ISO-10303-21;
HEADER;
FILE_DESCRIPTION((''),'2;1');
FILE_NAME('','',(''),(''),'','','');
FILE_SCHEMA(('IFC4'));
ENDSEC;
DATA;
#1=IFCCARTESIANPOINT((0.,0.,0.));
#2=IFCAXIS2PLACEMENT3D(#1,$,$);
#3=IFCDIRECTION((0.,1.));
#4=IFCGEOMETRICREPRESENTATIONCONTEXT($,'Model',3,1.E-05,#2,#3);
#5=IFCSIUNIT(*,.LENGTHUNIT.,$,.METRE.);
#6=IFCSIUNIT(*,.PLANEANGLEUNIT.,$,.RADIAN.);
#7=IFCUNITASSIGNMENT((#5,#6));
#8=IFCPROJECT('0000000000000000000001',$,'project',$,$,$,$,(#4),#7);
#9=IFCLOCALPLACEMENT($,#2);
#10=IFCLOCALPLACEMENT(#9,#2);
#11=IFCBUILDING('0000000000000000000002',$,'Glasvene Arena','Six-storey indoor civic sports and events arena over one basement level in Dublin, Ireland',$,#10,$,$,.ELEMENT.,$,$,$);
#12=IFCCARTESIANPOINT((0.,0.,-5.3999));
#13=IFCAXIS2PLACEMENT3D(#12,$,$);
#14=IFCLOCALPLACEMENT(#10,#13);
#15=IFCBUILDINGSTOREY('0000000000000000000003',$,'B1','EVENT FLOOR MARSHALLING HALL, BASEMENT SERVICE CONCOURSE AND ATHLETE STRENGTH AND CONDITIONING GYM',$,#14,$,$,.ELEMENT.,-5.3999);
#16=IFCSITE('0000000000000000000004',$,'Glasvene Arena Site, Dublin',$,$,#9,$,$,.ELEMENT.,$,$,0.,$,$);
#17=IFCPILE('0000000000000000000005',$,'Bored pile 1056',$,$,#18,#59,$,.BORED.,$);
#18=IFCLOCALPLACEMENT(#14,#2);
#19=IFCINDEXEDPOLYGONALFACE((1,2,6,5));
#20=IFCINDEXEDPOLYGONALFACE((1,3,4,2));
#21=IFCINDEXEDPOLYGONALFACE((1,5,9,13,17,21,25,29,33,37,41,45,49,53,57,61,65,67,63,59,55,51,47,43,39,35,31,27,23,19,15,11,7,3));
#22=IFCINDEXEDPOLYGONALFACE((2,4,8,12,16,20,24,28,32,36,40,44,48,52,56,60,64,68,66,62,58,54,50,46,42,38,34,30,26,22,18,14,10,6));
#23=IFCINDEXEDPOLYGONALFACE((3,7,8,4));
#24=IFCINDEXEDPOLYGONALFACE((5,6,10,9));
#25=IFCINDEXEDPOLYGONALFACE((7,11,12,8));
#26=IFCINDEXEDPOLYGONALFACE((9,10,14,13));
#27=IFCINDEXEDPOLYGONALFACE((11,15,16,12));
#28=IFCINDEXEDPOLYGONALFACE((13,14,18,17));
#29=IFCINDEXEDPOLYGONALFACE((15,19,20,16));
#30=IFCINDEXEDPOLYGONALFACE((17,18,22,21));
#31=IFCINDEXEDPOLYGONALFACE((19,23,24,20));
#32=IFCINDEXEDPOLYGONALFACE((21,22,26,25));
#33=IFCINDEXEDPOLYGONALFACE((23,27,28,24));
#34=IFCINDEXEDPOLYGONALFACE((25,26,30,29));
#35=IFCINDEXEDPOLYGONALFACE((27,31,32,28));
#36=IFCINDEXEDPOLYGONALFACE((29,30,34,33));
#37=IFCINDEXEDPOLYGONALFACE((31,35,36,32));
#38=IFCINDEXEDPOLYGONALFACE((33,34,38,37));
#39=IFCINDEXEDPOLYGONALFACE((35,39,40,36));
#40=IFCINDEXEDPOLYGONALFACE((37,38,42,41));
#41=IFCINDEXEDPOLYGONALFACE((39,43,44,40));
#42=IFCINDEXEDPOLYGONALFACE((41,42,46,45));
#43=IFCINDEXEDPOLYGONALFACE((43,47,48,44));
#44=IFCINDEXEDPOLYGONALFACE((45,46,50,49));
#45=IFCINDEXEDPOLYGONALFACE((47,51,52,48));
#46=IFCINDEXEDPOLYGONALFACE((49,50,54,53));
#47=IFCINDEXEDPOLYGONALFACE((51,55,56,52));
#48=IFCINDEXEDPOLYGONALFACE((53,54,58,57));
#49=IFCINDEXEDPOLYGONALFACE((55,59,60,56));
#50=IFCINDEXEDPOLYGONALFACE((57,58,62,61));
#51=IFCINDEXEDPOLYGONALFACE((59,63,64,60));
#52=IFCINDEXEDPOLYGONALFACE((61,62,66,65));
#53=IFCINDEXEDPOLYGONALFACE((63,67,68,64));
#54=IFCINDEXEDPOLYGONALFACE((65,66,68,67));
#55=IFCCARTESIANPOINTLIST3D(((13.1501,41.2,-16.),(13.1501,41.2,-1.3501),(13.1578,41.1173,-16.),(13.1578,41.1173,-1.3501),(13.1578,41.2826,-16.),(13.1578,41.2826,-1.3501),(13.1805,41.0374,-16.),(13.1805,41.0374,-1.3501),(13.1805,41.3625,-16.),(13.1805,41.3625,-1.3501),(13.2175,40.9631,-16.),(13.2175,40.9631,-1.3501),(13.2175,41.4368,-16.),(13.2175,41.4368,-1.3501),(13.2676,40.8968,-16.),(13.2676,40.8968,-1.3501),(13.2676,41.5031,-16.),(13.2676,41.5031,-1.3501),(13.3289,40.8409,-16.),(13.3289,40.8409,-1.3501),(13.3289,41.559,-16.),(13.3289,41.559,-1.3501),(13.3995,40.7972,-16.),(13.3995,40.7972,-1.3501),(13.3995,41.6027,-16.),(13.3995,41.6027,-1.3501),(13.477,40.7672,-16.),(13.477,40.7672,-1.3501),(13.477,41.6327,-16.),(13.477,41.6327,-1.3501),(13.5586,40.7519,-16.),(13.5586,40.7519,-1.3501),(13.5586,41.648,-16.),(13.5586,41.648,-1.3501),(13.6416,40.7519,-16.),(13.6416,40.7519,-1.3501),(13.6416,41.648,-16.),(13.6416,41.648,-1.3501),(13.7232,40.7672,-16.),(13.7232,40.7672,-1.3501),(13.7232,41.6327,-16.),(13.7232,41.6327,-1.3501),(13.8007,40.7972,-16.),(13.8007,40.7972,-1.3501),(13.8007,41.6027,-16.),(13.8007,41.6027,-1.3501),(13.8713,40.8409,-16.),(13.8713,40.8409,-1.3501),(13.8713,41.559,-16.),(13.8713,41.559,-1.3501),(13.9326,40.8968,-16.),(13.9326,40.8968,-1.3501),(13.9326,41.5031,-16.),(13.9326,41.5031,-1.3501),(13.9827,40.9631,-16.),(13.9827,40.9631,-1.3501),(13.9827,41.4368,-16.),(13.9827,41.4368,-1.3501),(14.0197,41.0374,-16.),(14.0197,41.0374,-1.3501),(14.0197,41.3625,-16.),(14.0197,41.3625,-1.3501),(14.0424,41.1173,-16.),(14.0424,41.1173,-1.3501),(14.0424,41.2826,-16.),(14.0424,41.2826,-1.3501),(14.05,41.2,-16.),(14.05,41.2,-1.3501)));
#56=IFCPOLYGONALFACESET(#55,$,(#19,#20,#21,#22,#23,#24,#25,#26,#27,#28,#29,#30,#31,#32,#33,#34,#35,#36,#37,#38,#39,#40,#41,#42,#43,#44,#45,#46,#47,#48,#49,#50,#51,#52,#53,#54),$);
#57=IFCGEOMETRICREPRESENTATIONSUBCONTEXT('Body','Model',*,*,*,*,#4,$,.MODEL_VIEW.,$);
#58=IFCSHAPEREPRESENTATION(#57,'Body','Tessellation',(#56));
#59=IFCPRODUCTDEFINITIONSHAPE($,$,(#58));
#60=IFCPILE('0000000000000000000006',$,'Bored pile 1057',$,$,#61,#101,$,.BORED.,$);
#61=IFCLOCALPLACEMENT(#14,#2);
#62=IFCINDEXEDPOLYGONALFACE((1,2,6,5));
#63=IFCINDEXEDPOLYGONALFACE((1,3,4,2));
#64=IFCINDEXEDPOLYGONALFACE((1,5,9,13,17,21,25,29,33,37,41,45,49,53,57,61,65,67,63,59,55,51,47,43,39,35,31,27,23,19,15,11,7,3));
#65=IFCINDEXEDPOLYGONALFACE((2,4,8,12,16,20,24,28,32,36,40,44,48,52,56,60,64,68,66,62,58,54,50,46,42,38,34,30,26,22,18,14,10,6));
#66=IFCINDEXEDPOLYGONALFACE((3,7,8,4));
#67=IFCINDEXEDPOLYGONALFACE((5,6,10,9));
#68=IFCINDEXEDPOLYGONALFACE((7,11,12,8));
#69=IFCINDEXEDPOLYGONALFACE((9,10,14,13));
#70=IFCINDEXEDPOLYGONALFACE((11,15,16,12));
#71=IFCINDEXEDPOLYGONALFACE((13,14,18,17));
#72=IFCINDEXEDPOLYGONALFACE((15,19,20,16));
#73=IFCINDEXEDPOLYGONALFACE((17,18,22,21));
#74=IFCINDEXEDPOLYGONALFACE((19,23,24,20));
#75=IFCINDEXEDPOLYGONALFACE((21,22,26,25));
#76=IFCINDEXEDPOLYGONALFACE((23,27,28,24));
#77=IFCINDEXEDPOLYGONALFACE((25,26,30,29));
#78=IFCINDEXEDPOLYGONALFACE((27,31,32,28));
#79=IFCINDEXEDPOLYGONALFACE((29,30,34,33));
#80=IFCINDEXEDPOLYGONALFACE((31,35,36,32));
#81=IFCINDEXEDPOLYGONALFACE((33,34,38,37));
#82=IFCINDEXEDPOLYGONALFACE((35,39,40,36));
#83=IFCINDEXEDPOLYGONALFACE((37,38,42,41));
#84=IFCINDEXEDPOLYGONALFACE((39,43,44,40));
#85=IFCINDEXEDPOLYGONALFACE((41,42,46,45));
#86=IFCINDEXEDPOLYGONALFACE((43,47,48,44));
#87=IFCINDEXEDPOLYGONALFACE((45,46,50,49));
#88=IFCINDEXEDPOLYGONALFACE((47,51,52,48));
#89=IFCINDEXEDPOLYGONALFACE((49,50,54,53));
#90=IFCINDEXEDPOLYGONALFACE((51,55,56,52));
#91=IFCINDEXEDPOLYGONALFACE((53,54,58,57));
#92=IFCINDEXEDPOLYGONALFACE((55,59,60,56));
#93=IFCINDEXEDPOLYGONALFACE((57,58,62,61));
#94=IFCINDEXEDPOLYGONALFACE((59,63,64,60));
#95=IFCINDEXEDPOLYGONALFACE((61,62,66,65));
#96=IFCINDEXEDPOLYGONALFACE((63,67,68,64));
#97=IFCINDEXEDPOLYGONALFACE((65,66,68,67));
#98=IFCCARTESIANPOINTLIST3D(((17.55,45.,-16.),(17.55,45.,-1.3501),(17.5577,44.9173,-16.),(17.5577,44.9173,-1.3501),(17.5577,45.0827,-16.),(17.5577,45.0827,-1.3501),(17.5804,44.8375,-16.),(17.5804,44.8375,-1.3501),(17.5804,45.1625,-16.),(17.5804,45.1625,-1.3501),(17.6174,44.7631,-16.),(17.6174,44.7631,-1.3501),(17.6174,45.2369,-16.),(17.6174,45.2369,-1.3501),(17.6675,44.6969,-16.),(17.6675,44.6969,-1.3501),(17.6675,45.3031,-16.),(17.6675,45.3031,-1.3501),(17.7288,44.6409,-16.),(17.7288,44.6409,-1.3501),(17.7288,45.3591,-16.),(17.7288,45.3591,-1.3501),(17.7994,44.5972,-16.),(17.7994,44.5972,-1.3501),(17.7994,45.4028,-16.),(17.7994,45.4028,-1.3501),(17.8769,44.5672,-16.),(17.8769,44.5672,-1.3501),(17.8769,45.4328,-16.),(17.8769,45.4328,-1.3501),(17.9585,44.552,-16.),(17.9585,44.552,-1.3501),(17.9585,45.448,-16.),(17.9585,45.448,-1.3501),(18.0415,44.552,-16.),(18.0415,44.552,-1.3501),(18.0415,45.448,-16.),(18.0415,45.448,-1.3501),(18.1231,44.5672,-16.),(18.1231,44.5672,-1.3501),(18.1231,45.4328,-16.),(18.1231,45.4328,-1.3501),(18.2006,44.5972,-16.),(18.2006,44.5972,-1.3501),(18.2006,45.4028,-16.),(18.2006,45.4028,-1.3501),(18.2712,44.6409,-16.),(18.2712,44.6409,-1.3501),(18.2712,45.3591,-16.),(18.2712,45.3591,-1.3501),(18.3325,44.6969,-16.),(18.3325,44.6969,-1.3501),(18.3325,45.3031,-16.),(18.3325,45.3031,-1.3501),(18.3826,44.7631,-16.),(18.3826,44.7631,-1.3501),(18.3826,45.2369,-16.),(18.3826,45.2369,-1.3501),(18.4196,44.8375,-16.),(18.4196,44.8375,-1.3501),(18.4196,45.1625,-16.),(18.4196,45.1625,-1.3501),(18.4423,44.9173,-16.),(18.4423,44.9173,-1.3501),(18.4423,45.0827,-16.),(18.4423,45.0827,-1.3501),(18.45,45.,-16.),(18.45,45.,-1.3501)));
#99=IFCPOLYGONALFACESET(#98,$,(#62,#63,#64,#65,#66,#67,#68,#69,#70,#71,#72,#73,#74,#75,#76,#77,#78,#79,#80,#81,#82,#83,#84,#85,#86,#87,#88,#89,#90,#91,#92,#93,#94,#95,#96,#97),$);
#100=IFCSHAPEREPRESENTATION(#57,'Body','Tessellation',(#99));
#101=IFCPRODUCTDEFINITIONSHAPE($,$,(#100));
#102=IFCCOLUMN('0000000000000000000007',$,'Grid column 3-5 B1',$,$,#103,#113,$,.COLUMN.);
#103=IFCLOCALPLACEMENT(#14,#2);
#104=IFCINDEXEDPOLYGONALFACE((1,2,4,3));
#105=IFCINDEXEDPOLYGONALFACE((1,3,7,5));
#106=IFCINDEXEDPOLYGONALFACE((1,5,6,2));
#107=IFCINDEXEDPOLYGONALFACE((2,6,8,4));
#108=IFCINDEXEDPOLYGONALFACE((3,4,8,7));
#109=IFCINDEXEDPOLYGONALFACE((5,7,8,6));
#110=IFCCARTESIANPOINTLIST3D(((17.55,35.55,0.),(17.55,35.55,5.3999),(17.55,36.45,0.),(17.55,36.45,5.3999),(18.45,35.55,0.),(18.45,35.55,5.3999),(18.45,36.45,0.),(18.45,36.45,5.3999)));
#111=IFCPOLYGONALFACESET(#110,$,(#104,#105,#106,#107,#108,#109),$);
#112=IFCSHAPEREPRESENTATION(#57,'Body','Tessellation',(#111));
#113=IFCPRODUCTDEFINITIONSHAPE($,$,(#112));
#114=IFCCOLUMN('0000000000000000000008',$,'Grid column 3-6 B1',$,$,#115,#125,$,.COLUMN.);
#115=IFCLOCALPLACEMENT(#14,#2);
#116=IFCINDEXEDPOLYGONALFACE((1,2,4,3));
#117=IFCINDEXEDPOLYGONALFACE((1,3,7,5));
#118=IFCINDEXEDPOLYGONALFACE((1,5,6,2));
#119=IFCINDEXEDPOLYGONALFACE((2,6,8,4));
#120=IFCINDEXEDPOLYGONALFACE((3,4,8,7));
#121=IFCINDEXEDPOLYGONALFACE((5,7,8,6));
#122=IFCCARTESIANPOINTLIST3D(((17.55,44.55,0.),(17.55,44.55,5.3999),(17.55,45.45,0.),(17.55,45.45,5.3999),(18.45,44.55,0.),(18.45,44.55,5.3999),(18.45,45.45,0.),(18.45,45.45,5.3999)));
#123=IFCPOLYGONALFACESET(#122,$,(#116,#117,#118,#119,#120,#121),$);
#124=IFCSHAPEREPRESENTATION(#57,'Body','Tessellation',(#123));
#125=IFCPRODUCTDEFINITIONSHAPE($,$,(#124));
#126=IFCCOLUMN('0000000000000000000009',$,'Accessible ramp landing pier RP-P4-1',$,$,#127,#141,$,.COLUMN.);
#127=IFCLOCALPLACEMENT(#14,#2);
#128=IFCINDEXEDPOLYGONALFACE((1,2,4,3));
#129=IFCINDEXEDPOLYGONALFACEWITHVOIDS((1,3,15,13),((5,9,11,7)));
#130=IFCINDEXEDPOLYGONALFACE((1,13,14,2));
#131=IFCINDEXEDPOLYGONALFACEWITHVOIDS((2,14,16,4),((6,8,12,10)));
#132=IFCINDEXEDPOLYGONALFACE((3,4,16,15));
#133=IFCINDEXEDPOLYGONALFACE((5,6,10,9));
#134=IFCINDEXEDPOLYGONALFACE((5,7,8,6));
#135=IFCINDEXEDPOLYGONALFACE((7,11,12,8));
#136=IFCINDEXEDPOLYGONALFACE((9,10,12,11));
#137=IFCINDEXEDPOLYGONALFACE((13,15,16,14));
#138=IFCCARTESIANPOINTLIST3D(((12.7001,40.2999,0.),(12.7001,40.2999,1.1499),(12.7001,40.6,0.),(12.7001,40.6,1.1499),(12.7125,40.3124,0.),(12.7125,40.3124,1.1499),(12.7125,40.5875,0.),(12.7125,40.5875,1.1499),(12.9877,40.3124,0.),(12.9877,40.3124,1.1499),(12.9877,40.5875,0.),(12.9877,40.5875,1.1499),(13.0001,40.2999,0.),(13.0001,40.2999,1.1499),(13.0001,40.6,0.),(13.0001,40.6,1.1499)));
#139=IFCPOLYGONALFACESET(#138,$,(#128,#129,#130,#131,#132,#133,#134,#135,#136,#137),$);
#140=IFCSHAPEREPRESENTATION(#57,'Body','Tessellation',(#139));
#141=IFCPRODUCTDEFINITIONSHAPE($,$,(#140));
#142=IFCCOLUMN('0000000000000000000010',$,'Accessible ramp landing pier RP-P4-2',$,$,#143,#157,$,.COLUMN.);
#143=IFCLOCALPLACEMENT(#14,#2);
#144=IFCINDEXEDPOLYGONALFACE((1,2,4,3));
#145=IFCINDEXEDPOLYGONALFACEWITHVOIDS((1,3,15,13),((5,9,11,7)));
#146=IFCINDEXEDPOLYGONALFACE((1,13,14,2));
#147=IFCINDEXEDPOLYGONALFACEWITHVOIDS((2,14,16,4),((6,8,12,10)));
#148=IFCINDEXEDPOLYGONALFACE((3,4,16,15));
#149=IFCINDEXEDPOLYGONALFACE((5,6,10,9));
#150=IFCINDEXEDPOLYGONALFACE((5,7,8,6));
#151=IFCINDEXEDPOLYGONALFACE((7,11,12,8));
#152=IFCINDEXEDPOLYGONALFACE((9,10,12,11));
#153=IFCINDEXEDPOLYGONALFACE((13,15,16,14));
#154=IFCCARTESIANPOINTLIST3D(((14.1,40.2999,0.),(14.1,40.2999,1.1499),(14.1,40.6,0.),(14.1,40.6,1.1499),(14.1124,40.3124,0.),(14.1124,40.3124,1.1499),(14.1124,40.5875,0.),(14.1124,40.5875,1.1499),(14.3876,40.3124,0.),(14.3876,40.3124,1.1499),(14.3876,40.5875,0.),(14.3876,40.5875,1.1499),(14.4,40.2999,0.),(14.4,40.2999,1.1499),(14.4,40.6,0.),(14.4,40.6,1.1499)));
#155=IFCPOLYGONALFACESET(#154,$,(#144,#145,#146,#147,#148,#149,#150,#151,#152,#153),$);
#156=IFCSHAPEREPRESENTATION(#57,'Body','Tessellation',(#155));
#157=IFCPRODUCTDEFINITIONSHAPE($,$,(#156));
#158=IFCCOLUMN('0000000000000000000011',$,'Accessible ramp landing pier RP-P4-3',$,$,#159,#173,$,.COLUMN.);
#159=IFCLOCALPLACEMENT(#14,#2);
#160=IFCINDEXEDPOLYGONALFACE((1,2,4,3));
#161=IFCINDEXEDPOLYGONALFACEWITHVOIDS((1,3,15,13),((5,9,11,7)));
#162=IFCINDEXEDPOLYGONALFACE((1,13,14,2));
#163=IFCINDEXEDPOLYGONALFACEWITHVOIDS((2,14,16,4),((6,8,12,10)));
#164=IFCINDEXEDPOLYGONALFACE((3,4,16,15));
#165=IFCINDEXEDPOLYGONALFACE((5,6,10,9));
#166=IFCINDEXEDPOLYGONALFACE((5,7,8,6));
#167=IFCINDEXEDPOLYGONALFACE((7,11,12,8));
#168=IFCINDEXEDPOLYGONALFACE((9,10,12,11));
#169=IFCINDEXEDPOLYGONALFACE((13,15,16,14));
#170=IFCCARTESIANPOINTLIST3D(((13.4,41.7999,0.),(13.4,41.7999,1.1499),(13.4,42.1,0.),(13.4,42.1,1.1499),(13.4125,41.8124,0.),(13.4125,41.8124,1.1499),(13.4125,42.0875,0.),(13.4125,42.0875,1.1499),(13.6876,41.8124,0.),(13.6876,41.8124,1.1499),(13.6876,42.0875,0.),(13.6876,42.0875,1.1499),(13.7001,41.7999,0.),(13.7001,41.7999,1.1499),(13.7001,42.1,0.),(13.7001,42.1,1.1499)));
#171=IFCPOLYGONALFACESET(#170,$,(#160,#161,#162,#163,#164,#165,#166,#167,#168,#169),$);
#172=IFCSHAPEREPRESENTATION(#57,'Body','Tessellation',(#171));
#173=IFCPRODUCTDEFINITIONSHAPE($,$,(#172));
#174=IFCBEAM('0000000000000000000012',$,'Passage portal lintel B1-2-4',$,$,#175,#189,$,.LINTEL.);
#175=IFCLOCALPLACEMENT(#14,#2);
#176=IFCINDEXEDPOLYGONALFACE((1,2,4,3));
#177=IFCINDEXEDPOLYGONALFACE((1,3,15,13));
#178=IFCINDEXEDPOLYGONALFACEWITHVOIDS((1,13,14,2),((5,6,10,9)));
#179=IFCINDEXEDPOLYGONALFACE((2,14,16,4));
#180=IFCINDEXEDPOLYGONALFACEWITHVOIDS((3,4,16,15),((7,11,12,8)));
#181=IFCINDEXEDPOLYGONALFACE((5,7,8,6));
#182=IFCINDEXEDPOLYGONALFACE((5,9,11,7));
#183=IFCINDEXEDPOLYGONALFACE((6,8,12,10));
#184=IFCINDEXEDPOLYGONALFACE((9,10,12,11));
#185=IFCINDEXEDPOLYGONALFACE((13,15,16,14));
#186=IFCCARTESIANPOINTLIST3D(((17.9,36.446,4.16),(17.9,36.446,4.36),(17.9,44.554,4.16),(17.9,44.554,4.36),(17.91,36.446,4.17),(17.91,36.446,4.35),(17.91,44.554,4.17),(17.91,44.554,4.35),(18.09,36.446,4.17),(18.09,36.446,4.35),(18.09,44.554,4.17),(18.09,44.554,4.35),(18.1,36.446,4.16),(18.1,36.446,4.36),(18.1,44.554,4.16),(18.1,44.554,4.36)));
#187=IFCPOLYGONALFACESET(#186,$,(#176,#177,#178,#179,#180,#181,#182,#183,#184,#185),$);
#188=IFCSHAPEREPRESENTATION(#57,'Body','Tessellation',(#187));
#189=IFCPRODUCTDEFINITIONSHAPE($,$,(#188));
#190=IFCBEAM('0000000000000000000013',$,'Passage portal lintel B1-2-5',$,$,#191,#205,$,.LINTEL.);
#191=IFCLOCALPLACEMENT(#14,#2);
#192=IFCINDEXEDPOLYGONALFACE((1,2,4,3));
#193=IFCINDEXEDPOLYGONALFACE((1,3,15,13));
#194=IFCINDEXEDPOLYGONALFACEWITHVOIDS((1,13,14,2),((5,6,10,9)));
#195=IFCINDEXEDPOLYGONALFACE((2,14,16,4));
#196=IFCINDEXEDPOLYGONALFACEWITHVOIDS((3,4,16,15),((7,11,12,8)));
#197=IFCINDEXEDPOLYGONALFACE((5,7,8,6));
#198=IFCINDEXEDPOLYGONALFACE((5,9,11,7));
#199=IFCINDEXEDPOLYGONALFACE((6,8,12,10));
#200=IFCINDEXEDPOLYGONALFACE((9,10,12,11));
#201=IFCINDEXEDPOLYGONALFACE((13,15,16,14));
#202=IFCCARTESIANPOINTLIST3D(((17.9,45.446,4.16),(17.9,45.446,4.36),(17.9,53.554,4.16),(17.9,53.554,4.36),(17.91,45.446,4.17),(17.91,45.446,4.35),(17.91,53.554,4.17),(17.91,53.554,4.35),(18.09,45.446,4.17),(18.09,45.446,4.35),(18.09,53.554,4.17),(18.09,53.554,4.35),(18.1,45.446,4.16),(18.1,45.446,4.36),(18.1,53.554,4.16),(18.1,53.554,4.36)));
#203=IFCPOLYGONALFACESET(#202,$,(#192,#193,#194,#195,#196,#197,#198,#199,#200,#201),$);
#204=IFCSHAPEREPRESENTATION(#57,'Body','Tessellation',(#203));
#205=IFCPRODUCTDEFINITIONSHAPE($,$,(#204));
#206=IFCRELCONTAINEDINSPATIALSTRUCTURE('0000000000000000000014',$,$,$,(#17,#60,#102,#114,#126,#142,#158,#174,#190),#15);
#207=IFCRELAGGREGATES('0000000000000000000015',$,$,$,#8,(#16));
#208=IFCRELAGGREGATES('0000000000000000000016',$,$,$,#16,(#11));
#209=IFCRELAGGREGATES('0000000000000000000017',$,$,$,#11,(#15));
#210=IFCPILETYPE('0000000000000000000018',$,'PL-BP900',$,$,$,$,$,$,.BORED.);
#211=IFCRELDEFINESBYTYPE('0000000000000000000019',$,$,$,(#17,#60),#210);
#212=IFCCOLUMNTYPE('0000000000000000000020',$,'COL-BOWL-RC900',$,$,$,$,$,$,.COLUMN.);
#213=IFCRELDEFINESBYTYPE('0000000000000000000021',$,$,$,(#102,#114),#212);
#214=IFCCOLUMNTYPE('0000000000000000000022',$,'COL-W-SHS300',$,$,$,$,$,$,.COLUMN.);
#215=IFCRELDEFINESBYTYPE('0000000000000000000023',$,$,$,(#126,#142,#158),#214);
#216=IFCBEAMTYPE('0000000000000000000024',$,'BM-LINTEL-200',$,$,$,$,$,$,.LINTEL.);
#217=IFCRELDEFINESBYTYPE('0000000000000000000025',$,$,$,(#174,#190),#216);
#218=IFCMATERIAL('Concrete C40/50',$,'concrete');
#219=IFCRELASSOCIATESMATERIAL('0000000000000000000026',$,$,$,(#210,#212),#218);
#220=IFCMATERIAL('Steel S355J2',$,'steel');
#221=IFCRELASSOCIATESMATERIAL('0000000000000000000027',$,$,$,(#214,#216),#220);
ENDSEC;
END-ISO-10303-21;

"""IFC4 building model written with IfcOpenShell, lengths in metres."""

from ifc_helpers import new_model, si_unit, direction, frame, origin, origin_2d, place, context, subcontext, project, spatial, rectangle, hollow_rectangle, circle, extrude, material, material_profile, profile_set, type_object, element, save


model = new_model("IFC4")

# Units and contexts
model_context = context("Model", 3, precision=1e-05, world=origin(), true_north=direction((0.0, 1.0)))
body_context = subcontext(model_context, "Body", "Model", "MODEL_VIEW")
ifc_project = project(units=[si_unit("LENGTHUNIT", "METRE"), si_unit("PLANEANGLEUNIT", "RADIAN")], contexts=[model_context])

# Site, building, storey
site_placement = place(None, origin())
site = spatial("IfcSite", under=ifc_project, at=site_placement, Name="Glasvene Arena Site, Dublin", CompositionType="ELEMENT", RefElevation=0.0)
building_placement = place(site_placement, origin())
building = spatial("IfcBuilding", under=site, at=building_placement, Name="Glasvene Arena", Description="Six-storey indoor civic sports and events arena over one basement level in Dublin, Ireland", CompositionType="ELEMENT")
storey_placement = place(building_placement, frame((0.0, 0.0, -5.3999)))
storey = spatial("IfcBuildingStorey", under=building, at=storey_placement, Name="B1", Description="EVENT FLOOR MARSHALLING HALL, BASEMENT SERVICE CONCOURSE AND ATHLETE STRENGTH AND CONDITIONING GYM", CompositionType="ELEMENT", Elevation=-5.3999)

# Shared definitions
ifc_material_1 = material(Name="Concrete C40/50", Category="concrete")

# Piles
ifc_material_profile_1 = material_profile(ifc_material_1, circle(Radius=0.45, at=origin_2d()), Name="BORED PILE 900")
ifc_profile_set_1 = profile_set([ifc_material_profile_1], Name="Concrete C40/50")
pile_type = type_object("IfcPileType", Name="PL-BP900", PredefinedType="BORED", material=ifc_profile_set_1)
for number, where, z_axis, x_axis, name in (
    (1, (13.6001, 41.2, -1.3501), (0.0, 0.0, -1.0), (1.0, 0.0, 0.0), "Bored pile 1056"),
    (2, (18.0, 45.0, -1.3501), (0.0, 0.0, -1.0), (1.0, 0.0, 0.0), "Bored pile 1057"),
):
    element("IfcPile", number, at=place(storey_placement, frame(where, z_axis=z_axis, x_axis=x_axis)), inside=storey, type_object=pile_type, Name=name, PredefinedType="BORED", context=body_context, shape_type="SweptSolid", body=[
        extrude(circle(Radius=0.45, at=origin_2d()), origin(), (0.0, 0.0, 1.0), 14.6499),
    ])

# Columns
ifc_material_profile_2 = material_profile(ifc_material_1, rectangle(XDim=0.8999, YDim=0.8999, at=origin_2d()), Name="RC 900x900")
ifc_profile_set_2 = profile_set([ifc_material_profile_2], Name="Concrete C40/50")
column_type_1 = type_object("IfcColumnType", Name="COL-BOWL-RC900", PredefinedType="COLUMN", material=ifc_profile_set_2)
for number, where, z_axis, x_axis, name in (
    (3, (18.0, 36.0, 0.0), (0.0, 0.0, 1.0), (1.0, 0.0, 0.0), "Grid column 3-5 B1"),
    (4, (18.0, 45.0, 0.0), (0.0, 0.0, 1.0), (1.0, 0.0, 0.0), "Grid column 3-6 B1"),
):
    element("IfcColumn", number, at=place(storey_placement, frame(where, z_axis=z_axis, x_axis=x_axis)), inside=storey, type_object=column_type_1, Name=name, PredefinedType="COLUMN", context=body_context, shape_type="SweptSolid", body=[
        extrude(rectangle(XDim=0.8999, YDim=0.8999, at=origin_2d()), origin(), (0.0, 0.0, 1.0), 5.3999),
    ])
ifc_material_2 = material(Name="Steel S355J2", Category="steel")
ifc_material_profile_3 = material_profile(ifc_material_2, hollow_rectangle(XDim=0.3, YDim=0.3, WallThickness=0.0125, at=origin_2d()), Name="SHS 300x300x12.5")
ifc_profile_set_3 = profile_set([ifc_material_profile_3], Name="Steel S355J2")
column_type_2 = type_object("IfcColumnType", Name="COL-W-SHS300", PredefinedType="COLUMN", material=ifc_profile_set_3)
for number, where, z_axis, x_axis, name in (
    (5, (12.8501, 40.45, 0.0), (0.0, 0.0, 1.0), (1.0, 0.0, 0.0), "Accessible ramp landing pier RP-P4-1"),
    (6, (14.25, 40.45, 0.0), (0.0, 0.0, 1.0), (1.0, 0.0, 0.0), "Accessible ramp landing pier RP-P4-2"),
    (7, (13.55, 41.95, 0.0), (0.0, 0.0, 1.0), (1.0, 0.0, 0.0), "Accessible ramp landing pier RP-P4-3"),
):
    element("IfcColumn", number, at=place(storey_placement, frame(where, z_axis=z_axis, x_axis=x_axis)), inside=storey, type_object=column_type_2, Name=name, PredefinedType="COLUMN", context=body_context, shape_type="SweptSolid", body=[
        extrude(hollow_rectangle(XDim=0.3, YDim=0.3, WallThickness=0.0125, at=origin_2d()), origin(), (0.0, 0.0, 1.0), 1.1499),
    ])

# Beams
ifc_material_profile_4 = material_profile(ifc_material_2, hollow_rectangle(XDim=0.2, YDim=0.2, WallThickness=0.01, at=origin_2d()), Name="SHS 200x200x10.0")
ifc_profile_set_4 = profile_set([ifc_material_profile_4], Name="Steel S355J2")
beam_type = type_object("IfcBeamType", Name="BM-LINTEL-200", PredefinedType="LINTEL", material=ifc_profile_set_4)
for number, where, z_axis, x_axis, name in (
    (8, (18.0, 36.446, 4.26), (0.0, 1.0, 0.0), (-1.0, 0.0, 0.0), "Passage portal lintel B1-2-4"),
    (9, (18.0, 45.446, 4.26), (0.0, 1.0, 0.0), (-1.0, 0.0, 0.0), "Passage portal lintel B1-2-5"),
):
    element("IfcBeam", number, at=place(storey_placement, frame(where, z_axis=z_axis, x_axis=x_axis)), inside=storey, type_object=beam_type, Name=name, PredefinedType="LINTEL", context=body_context, shape_type="SweptSolid", body=[
        extrude(hollow_rectangle(XDim=0.2, YDim=0.2, WallThickness=0.01, at=origin_2d()), origin(), (0.0, 0.0, 1.0), 8.1079),
    ])

save(model, "model.ifc")
